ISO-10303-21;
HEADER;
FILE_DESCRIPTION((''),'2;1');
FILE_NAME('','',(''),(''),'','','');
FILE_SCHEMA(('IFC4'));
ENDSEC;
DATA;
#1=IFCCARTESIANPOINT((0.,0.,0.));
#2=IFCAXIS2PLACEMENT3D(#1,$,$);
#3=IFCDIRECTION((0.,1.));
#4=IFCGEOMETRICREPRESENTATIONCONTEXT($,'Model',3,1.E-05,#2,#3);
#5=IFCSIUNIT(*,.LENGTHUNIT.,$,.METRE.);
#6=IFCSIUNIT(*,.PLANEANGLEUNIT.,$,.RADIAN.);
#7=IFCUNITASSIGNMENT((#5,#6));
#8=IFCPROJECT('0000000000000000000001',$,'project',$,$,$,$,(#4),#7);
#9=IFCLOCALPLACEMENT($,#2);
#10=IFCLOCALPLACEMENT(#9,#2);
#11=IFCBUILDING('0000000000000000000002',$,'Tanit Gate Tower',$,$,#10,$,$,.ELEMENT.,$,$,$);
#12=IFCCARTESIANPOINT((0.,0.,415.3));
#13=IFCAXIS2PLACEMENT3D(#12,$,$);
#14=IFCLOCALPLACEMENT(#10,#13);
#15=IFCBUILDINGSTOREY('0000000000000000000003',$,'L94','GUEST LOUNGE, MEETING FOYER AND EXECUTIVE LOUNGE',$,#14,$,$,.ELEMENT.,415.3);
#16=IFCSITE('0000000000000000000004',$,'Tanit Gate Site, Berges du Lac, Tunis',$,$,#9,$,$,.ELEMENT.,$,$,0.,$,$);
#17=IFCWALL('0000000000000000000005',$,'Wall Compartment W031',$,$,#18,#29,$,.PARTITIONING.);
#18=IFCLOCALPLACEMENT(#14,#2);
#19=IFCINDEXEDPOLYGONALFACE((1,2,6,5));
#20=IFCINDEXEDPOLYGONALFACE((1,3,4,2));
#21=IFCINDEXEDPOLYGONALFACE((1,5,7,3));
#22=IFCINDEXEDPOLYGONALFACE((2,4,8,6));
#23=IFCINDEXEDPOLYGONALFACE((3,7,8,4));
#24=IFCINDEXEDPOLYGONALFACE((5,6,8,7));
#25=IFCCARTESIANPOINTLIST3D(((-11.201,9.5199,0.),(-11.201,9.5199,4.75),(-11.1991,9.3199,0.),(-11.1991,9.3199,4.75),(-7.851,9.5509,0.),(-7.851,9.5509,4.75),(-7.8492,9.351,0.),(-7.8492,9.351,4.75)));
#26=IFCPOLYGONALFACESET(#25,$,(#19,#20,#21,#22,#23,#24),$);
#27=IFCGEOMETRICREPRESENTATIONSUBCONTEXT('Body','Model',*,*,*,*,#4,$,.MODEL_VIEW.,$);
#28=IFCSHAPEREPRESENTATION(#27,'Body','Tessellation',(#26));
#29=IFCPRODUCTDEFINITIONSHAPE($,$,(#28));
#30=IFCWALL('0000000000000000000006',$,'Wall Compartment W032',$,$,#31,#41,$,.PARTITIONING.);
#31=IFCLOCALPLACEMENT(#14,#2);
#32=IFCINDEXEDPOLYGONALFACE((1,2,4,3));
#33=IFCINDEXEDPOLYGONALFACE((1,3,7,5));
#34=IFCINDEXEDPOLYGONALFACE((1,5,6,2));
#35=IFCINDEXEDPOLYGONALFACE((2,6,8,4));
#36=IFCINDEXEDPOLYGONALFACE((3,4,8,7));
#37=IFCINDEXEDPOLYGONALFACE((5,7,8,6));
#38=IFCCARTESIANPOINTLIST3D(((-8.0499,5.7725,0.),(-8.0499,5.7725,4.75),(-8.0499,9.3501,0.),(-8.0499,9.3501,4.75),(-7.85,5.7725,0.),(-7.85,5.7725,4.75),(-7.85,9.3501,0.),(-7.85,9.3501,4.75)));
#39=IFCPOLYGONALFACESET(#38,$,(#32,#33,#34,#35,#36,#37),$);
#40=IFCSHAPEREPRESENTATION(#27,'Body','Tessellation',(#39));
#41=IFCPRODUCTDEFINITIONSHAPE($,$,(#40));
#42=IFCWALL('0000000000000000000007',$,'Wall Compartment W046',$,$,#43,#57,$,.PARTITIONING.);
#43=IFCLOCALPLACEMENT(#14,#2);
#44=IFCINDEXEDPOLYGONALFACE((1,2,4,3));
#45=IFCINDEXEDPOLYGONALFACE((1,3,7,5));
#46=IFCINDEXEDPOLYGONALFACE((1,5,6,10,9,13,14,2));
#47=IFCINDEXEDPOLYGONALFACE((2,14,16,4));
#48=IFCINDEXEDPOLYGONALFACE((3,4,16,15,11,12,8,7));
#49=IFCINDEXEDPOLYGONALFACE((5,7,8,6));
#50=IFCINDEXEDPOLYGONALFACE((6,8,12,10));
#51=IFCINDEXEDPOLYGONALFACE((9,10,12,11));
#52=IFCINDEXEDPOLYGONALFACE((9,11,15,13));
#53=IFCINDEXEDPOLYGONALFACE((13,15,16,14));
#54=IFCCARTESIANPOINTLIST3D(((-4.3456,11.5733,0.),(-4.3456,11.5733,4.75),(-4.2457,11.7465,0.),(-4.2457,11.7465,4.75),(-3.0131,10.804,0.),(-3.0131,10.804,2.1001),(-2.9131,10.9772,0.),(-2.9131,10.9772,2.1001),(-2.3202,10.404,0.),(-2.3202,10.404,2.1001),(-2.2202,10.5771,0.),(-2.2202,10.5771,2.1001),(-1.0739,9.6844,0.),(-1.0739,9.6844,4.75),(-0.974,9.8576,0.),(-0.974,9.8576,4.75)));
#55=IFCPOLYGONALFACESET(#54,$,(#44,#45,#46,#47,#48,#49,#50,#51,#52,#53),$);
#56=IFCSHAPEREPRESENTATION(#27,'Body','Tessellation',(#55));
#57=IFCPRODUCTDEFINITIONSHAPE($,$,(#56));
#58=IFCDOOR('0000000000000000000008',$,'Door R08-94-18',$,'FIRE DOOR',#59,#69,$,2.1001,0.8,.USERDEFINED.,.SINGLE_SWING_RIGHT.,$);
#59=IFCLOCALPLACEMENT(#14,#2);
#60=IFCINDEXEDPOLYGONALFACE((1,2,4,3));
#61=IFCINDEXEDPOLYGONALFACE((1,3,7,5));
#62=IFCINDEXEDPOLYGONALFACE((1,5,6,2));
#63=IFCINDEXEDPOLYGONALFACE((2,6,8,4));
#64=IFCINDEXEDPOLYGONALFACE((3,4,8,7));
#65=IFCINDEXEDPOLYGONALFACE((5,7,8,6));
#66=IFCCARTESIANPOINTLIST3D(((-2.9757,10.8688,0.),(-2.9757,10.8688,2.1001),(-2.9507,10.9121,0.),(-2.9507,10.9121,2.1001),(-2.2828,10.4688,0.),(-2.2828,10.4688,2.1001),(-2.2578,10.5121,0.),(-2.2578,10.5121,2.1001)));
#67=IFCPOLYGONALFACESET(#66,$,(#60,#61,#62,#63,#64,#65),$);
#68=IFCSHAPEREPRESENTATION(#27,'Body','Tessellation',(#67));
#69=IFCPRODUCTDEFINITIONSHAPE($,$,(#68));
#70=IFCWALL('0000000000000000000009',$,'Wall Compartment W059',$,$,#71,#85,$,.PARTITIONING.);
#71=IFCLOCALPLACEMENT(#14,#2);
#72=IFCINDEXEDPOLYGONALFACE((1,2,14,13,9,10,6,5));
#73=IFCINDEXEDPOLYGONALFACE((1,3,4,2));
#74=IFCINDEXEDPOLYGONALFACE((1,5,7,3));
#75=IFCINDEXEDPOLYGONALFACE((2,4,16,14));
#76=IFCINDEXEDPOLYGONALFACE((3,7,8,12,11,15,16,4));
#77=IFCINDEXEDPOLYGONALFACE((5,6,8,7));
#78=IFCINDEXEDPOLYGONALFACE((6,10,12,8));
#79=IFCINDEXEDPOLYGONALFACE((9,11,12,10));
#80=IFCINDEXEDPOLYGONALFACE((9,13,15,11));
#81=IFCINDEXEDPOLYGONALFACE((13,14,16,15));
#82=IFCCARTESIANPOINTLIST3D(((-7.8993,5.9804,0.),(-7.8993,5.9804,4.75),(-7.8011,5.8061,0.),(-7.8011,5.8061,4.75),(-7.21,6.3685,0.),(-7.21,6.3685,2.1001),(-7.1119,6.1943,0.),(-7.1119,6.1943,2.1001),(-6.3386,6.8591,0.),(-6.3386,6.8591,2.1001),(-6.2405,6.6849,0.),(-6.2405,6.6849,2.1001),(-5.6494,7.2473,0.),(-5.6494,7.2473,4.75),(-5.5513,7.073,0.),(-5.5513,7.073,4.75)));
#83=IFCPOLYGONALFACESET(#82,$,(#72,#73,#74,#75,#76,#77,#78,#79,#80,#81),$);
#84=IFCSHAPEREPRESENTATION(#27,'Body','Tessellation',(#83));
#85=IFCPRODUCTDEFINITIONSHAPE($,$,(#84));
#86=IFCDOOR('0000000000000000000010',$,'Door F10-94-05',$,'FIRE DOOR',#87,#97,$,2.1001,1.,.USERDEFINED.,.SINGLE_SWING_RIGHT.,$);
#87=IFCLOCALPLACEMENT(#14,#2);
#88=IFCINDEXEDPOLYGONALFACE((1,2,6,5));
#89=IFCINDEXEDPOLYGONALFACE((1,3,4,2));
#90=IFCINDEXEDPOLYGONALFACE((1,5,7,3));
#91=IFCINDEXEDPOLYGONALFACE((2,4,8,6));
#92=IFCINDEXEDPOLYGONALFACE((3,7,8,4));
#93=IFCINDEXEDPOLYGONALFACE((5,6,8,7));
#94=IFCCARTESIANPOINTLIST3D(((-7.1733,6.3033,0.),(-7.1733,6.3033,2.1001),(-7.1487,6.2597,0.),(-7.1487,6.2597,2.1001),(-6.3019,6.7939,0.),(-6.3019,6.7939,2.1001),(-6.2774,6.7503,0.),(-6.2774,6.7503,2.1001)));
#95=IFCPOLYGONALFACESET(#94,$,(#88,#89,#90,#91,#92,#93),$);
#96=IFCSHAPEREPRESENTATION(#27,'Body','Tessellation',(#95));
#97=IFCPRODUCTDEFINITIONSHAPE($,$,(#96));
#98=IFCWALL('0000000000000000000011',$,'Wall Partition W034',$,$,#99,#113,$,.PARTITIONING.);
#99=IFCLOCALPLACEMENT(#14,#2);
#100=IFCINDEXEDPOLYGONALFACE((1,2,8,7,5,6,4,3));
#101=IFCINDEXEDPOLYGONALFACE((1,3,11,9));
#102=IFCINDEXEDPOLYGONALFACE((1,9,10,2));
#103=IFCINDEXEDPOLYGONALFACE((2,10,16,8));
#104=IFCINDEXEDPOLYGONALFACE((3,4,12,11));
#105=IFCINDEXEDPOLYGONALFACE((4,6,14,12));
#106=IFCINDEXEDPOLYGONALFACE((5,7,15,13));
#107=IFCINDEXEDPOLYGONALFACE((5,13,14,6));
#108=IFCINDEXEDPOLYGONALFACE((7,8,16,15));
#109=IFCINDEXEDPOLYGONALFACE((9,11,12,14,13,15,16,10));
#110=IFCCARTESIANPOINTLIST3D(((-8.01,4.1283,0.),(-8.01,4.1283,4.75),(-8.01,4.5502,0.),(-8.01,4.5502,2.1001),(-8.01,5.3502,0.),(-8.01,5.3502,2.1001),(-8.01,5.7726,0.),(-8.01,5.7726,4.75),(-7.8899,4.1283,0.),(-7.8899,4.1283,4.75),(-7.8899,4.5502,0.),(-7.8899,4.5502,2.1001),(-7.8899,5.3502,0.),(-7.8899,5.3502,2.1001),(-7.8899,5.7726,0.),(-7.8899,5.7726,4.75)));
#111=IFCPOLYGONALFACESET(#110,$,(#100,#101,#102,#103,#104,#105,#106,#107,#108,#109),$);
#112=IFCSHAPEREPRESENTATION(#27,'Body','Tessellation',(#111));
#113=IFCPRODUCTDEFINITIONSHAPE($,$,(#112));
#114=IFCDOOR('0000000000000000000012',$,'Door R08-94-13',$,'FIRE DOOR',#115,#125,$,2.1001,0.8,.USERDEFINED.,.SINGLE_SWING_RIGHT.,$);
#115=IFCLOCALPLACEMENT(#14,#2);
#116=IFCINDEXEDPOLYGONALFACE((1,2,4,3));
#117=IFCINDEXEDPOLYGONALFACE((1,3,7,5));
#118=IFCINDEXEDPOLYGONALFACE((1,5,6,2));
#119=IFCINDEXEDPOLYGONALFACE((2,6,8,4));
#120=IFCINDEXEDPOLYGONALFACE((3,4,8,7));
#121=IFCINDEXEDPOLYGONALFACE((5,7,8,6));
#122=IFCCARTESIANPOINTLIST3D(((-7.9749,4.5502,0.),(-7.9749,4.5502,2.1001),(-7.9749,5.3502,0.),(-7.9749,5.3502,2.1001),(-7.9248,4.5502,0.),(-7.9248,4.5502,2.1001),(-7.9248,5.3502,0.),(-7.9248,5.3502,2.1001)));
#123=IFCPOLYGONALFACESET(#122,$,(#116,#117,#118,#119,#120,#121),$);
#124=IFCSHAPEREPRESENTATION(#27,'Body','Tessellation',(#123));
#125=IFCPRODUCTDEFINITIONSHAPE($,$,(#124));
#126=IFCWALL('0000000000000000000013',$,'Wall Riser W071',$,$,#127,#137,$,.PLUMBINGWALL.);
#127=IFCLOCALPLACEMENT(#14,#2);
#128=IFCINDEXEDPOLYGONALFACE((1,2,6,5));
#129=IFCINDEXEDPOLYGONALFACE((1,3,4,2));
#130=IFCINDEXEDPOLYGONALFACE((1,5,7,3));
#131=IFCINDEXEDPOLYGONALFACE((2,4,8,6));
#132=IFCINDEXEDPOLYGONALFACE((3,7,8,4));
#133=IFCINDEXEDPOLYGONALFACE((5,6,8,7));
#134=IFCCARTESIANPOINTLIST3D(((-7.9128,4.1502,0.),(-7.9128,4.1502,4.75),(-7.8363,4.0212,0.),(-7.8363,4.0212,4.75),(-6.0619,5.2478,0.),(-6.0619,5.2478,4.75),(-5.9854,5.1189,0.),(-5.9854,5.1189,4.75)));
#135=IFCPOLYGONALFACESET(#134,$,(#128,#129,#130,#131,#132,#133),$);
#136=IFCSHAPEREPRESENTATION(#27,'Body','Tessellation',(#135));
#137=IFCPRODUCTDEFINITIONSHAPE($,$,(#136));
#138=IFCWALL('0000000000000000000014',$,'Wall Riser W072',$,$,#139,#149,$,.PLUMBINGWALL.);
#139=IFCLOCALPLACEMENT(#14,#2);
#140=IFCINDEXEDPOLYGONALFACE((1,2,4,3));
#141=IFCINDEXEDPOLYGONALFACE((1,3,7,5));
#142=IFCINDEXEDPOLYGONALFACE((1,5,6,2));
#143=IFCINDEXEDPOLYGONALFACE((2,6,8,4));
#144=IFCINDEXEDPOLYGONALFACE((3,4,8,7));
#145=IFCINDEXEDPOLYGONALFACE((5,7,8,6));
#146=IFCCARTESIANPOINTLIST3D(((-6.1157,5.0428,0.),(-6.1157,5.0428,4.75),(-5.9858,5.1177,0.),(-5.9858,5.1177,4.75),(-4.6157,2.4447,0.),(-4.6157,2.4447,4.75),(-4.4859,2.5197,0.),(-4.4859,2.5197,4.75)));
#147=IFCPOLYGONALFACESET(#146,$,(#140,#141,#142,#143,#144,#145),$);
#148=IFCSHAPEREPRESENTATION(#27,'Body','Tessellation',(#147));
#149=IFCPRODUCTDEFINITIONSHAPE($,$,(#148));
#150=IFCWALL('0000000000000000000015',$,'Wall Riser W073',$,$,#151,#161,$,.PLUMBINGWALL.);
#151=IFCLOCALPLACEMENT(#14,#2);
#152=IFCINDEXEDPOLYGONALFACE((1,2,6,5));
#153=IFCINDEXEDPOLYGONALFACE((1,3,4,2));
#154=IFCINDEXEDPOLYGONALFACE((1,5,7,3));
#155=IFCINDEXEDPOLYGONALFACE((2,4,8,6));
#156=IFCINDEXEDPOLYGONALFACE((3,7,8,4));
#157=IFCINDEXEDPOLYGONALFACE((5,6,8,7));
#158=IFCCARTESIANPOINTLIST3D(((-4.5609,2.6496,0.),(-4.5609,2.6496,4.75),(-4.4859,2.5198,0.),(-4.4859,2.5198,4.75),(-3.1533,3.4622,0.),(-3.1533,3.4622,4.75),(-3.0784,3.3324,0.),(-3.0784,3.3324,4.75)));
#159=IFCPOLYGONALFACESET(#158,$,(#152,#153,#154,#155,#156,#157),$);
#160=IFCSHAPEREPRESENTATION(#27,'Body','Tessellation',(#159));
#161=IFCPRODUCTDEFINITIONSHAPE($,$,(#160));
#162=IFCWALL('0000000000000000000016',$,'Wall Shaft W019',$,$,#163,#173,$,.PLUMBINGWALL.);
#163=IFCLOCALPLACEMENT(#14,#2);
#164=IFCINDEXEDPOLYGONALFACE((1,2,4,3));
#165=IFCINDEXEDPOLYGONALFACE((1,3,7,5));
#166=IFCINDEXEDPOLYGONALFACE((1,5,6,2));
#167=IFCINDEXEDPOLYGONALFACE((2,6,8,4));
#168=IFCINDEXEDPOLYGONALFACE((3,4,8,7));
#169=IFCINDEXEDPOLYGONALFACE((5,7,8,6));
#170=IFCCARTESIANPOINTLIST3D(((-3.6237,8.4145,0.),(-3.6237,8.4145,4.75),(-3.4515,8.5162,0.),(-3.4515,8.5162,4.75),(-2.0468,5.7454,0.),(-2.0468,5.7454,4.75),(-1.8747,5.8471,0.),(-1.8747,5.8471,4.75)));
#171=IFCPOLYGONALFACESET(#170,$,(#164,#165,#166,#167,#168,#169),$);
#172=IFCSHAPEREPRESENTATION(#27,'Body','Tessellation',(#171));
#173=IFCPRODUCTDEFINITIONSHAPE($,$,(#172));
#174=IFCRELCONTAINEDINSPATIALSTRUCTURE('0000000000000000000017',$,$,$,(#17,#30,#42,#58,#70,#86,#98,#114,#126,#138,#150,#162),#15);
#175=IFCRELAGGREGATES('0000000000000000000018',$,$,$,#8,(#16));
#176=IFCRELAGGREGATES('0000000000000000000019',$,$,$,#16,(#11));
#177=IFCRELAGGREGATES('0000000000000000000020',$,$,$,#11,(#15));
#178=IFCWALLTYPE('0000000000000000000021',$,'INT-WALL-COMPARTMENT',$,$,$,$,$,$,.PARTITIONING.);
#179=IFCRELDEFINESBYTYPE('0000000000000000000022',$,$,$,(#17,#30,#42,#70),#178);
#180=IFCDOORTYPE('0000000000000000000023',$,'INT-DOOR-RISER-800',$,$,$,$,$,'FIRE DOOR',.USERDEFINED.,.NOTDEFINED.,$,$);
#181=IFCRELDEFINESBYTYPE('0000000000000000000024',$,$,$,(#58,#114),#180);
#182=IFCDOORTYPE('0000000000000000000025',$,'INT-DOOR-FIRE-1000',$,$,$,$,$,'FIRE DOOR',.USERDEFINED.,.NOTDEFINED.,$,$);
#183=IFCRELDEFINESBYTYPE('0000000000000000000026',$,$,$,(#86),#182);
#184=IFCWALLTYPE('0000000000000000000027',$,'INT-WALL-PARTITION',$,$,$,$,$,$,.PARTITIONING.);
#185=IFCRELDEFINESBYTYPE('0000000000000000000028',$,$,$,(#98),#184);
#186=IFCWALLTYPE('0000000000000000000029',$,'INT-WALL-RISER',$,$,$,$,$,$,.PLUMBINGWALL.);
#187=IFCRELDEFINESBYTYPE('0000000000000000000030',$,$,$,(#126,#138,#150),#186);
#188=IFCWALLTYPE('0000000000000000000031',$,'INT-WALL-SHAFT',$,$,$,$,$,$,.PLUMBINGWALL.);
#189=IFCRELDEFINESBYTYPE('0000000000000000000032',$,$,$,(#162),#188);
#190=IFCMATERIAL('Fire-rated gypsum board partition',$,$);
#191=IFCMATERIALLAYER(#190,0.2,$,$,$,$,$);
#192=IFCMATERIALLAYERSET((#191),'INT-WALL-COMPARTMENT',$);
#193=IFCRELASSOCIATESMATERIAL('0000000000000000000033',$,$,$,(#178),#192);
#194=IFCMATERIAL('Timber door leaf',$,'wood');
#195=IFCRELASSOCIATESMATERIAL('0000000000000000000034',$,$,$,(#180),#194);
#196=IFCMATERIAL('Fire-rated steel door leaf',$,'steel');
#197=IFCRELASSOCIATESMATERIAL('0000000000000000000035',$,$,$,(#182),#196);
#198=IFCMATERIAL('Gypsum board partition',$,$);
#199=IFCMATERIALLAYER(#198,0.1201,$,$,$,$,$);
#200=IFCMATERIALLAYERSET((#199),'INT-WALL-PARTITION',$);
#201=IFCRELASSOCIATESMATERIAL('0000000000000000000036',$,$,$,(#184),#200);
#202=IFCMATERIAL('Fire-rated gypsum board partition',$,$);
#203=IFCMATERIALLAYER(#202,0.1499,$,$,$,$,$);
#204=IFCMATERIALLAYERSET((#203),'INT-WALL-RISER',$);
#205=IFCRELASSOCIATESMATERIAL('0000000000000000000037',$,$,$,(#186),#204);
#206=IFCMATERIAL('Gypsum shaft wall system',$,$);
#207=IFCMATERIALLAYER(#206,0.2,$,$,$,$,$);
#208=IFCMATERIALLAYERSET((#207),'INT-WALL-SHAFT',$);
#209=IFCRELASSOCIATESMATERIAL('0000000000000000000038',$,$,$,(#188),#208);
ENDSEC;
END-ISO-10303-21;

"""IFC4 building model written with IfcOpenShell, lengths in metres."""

from ifc_helpers import new_model, si_unit, direction, frame, frame_2d, origin, place, context, subcontext, project, spatial, rectangle, extrude, material, layer, layer_set, type_object, element, fill, save


model = new_model("IFC4")

# Units and contexts
model_context = context("Model", 3, precision=1e-05, world=origin(), true_north=direction((0.0, 1.0)))
body_context = subcontext(model_context, "Body", "Model", "MODEL_VIEW")
ifc_project = project(units=[si_unit("LENGTHUNIT", "METRE"), si_unit("PLANEANGLEUNIT", "RADIAN")], contexts=[model_context])

# Site, building, storey
site_placement = place(None, origin())
site = spatial("IfcSite", under=ifc_project, at=site_placement, Name="Tanit Gate Site, Berges du Lac, Tunis", CompositionType="ELEMENT", RefElevation=0.0)
building_placement = place(site_placement, origin())
building = spatial("IfcBuilding", under=site, at=building_placement, Name="Tanit Gate Tower", CompositionType="ELEMENT")
storey_placement = place(building_placement, frame((0.0, 0.0, 415.3)))
storey = spatial("IfcBuildingStorey", under=building, at=storey_placement, Name="L94", Description="GUEST LOUNGE, MEETING FOYER AND EXECUTIVE LOUNGE", CompositionType="ELEMENT", Elevation=415.3)

# Walls
ifc_material_1 = material(Name="Fire-rated gypsum board partition")
ifc_layer_1 = layer(ifc_material_1, 0.2)
ifc_layer_set_1 = layer_set([ifc_layer_1], Name="INT-WALL-COMPARTMENT")
wall_type_1 = type_object("IfcWallType", Name="INT-WALL-COMPARTMENT", PredefinedType="PARTITIONING", material=ifc_layer_set_1)
wall_1_placement = place(storey_placement, frame((-7.8501, 9.4509, 0.0), z_axis=(0.0, 0.0, 1.0), x_axis=(-0.999957, -0.009255, 0.0)))
element("IfcWall", 1, at=wall_1_placement, inside=storey, type_object=wall_type_1, Name="Wall Compartment W031", PredefinedType="PARTITIONING", context=body_context, shape_type="SweptSolid", body=[
    extrude(rectangle(XDim=3.3501, YDim=0.2, at=frame_2d((1.675, 0.0))), origin(), (0.0, 0.0, 1.0), 4.75),
])
wall_2_placement = place(storey_placement, frame((-7.95, 5.7725, 0.0), z_axis=(0.0, 0.0, 1.0), x_axis=(0.0, 1.0, 0.0)))
element("IfcWall", 2, at=wall_2_placement, inside=storey, type_object=wall_type_1, Name="Wall Compartment W032", PredefinedType="PARTITIONING", context=body_context, shape_type="SweptSolid", body=[
    extrude(rectangle(XDim=3.5776, YDim=0.2, at=frame_2d((1.7888, 0.0))), origin(), (0.0, 0.0, 1.0), 4.75),
])

# Walls, openings, doors
wall_3_placement = place(storey_placement, frame((-4.2957, 11.6599, 0.0), z_axis=(0.0, 0.0, 1.0), x_axis=(0.866027, -0.499997, 0.0)))
wall_3 = element("IfcWall", 3, at=wall_3_placement, inside=storey, type_object=wall_type_1, Name="Wall Compartment W046", PredefinedType="PARTITIONING", context=body_context, shape_type="SweptSolid", body=[
    extrude(rectangle(XDim=3.7778, YDim=0.2, at=frame_2d((1.8889, 0.0))), origin(), (0.0, 0.0, 1.0), 4.75),
])
opening_1_placement = place(wall_3_placement, frame((1.5388, 0.0, 0.0)))
opening_1 = element("IfcOpeningElement", 4, at=opening_1_placement, cuts=wall_3, PredefinedType="OPENING", context=body_context, shape_type="SweptSolid", body=[
    extrude(rectangle(XDim=0.8, YDim=2.1001, at=frame_2d((0.3999, 1.05))), frame((0.0, 0.1099, 0.0), z_axis=(0.0, -1.0, 0.0), x_axis=(1.0, 0.0, 0.0)), (0.0, 0.0, 1.0), 0.22),
])
ifc_material_2 = material(Name="Timber door leaf", Category="wood")
door_type_1 = type_object("IfcDoorType", Name="INT-DOOR-RISER-800", ElementType="FIRE DOOR", OperationType="NOTDEFINED", PredefinedType="USERDEFINED", material=ifc_material_2)
door_1_placement = place(opening_1_placement, origin())
door_1 = element("IfcDoor", 5, at=door_1_placement, inside=storey, type_object=door_type_1, Name="Door R08-94-18", ObjectType="FIRE DOOR", OperationType="SINGLE_SWING_RIGHT", OverallHeight=2.1001, OverallWidth=0.8, PredefinedType="USERDEFINED", context=body_context, shape_type="SweptSolid", body=[
    extrude(rectangle(XDim=0.8, YDim=2.1001, at=frame_2d((0.3999, 1.05))), frame((0.0, 0.0249, 0.0), z_axis=(0.0, -1.0, 0.0), x_axis=(1.0, 0.0, 0.0)), (0.0, 0.0, 1.0), 0.05),
])
fill(opening_1, door_1)
wall_4_placement = place(storey_placement, frame((-5.6003, 7.1602, 0.0), z_axis=(0.0, 0.0, 1.0), x_axis=(-0.871351, -0.490661, 0.0)))
wall_4 = element("IfcWall", 6, at=wall_4_placement, inside=storey, type_object=wall_type_1, Name="Wall Compartment W059", PredefinedType="PARTITIONING", context=body_context, shape_type="SweptSolid", body=[
    extrude(rectangle(XDim=2.582, YDim=0.2, at=frame_2d((1.291, 0.0))), origin(), (0.0, 0.0, 1.0), 4.75),
])
opening_2_placement = place(wall_4_placement, frame((0.791, 0.0, 0.0)))
opening_2 = element("IfcOpeningElement", 7, at=opening_2_placement, cuts=wall_4, PredefinedType="OPENING", context=body_context, shape_type="SweptSolid", body=[
    extrude(rectangle(XDim=1.0, YDim=2.1001, at=frame_2d((0.5, 1.05))), frame((0.0, 0.1099, 0.0), z_axis=(0.0, -1.0, 0.0), x_axis=(1.0, 0.0, 0.0)), (0.0, 0.0, 1.0), 0.22),
])
ifc_material_3 = material(Name="Fire-rated steel door leaf", Category="steel")
door_type_2 = type_object("IfcDoorType", Name="INT-DOOR-FIRE-1000", ElementType="FIRE DOOR", OperationType="NOTDEFINED", PredefinedType="USERDEFINED", material=ifc_material_3)
door_2_placement = place(opening_2_placement, origin())
door_2 = element("IfcDoor", 8, at=door_2_placement, inside=storey, type_object=door_type_2, Name="Door F10-94-05", ObjectType="FIRE DOOR", OperationType="SINGLE_SWING_RIGHT", OverallHeight=2.1001, OverallWidth=1.0, PredefinedType="USERDEFINED", context=body_context, shape_type="SweptSolid", body=[
    extrude(rectangle(XDim=1.0, YDim=2.1001, at=frame_2d((0.5, 1.05))), frame((0.0, 0.0249, 0.0), z_axis=(0.0, -1.0, 0.0), x_axis=(1.0, 0.0, 0.0)), (0.0, 0.0, 1.0), 0.05),
])
fill(opening_2, door_2)
ifc_material_4 = material(Name="Gypsum board partition")
ifc_layer_2 = layer(ifc_material_4, 0.1201)
ifc_layer_set_2 = layer_set([ifc_layer_2], Name="INT-WALL-PARTITION")
wall_type_2 = type_object("IfcWallType", Name="INT-WALL-PARTITION", PredefinedType="PARTITIONING", material=ifc_layer_set_2)
wall_5_placement = place(storey_placement, frame((-7.95, 4.1282, 0.0), z_axis=(0.0, 0.0, 1.0), x_axis=(0.0, 1.0, 0.0)))
wall_5 = element("IfcWall", 9, at=wall_5_placement, inside=storey, type_object=wall_type_2, Name="Wall Partition W034", PredefinedType="PARTITIONING", context=body_context, shape_type="SweptSolid", body=[
    extrude(rectangle(XDim=1.6443, YDim=0.1201, at=frame_2d((0.8223, 0.0))), origin(), (0.0, 0.0, 1.0), 4.75),
])
opening_3_placement = place(wall_5_placement, frame((0.4221, 0.0, 0.0)))
opening_3 = element("IfcOpeningElement", 10, at=opening_3_placement, cuts=wall_5, PredefinedType="OPENING", context=body_context, shape_type="SweptSolid", body=[
    extrude(rectangle(XDim=0.8, YDim=2.1001, at=frame_2d((0.3999, 1.05))), frame((0.0, 0.0701, 0.0), z_axis=(0.0, -1.0, 0.0), x_axis=(1.0, 0.0, 0.0)), (0.0, 0.0, 1.0), 0.1401),
])
door_3_placement = place(opening_3_placement, origin())
door_3 = element("IfcDoor", 11, at=door_3_placement, inside=storey, type_object=door_type_1, Name="Door R08-94-13", ObjectType="FIRE DOOR", OperationType="SINGLE_SWING_RIGHT", OverallHeight=2.1001, OverallWidth=0.8, PredefinedType="USERDEFINED", context=body_context, shape_type="SweptSolid", body=[
    extrude(rectangle(XDim=0.8, YDim=2.1001, at=frame_2d((0.3999, 1.05))), frame((0.0, 0.0249, 0.0), z_axis=(0.0, -1.0, 0.0), x_axis=(1.0, 0.0, 0.0)), (0.0, 0.0, 1.0), 0.05),
])
fill(opening_3, door_3)

# Walls
ifc_material_5 = material(Name="Fire-rated gypsum board partition")
ifc_layer_3 = layer(ifc_material_5, 0.1499)
ifc_layer_set_3 = layer_set([ifc_layer_3], Name="INT-WALL-RISER")
wall_type_3 = type_object("IfcWallType", Name="INT-WALL-RISER", PredefinedType="PLUMBINGWALL", material=ifc_layer_set_3)
wall_6_placement = place(storey_placement, frame((-6.0237, 5.1833, 0.0), z_axis=(0.0, 0.0, 1.0), x_axis=(-0.860115, -0.510101, 0.0)))
element("IfcWall", 12, at=wall_6_placement, inside=storey, type_object=wall_type_3, Name="Wall Riser W071", PredefinedType="PLUMBINGWALL", context=body_context, shape_type="SweptSolid", body=[
    extrude(rectangle(XDim=2.1519, YDim=0.1499, at=frame_2d((1.0759, 0.0))), origin(), (0.0, 0.0, 1.0), 4.75),
])
wall_7_placement = place(storey_placement, frame((-4.5508, 2.4822, 0.0), z_axis=(0.0, 0.0, 1.0), x_axis=(-0.49999, 0.866031, 0.0)))
element("IfcWall", 13, at=wall_7_placement, inside=storey, type_object=wall_type_3, Name="Wall Riser W072", PredefinedType="PLUMBINGWALL", context=body_context, shape_type="SweptSolid", body=[
    extrude(rectangle(XDim=3.0, YDim=0.1499, at=frame_2d((1.5, 0.0))), origin(), (0.0, 0.0, 1.0), 4.75),
])
wall_8_placement = place(storey_placement, frame((-3.116, 3.3972, 0.0), z_axis=(0.0, 0.0, 1.0), x_axis=(-0.866053, -0.499952, 0.0)))
element("IfcWall", 14, at=wall_8_placement, inside=storey, type_object=wall_type_3, Name="Wall Riser W073", PredefinedType="PLUMBINGWALL", context=body_context, shape_type="SweptSolid", body=[
    extrude(rectangle(XDim=1.6252, YDim=0.1499, at=frame_2d((0.8125, 0.0))), origin(), (0.0, 0.0, 1.0), 4.75),
])

# Shared definitions
ifc_material_6 = material(Name="Gypsum shaft wall system")
ifc_layer_4 = layer(ifc_material_6, 0.2)
ifc_layer_set_4 = layer_set([ifc_layer_4], Name="INT-WALL-SHAFT")
wall_type_4 = type_object("IfcWallType", Name="INT-WALL-SHAFT", PredefinedType="PLUMBINGWALL", material=ifc_layer_set_4)

# Wall
wall_9_placement = place(storey_placement, frame((-3.5376, 8.4653, 0.0), z_axis=(0.0, 0.0, 1.0), x_axis=(0.508647, -0.860975, 0.0)))
element("IfcWall", 15, at=wall_9_placement, inside=storey, type_object=wall_type_4, Name="Wall Shaft W019", PredefinedType="PLUMBINGWALL", context=body_context, shape_type="SweptSolid", body=[
    extrude(rectangle(XDim=3.1001, YDim=0.2, at=frame_2d((1.55, 0.0))), origin(), (0.0, 0.0, 1.0), 4.75),
])

save(model, "model.ifc")
